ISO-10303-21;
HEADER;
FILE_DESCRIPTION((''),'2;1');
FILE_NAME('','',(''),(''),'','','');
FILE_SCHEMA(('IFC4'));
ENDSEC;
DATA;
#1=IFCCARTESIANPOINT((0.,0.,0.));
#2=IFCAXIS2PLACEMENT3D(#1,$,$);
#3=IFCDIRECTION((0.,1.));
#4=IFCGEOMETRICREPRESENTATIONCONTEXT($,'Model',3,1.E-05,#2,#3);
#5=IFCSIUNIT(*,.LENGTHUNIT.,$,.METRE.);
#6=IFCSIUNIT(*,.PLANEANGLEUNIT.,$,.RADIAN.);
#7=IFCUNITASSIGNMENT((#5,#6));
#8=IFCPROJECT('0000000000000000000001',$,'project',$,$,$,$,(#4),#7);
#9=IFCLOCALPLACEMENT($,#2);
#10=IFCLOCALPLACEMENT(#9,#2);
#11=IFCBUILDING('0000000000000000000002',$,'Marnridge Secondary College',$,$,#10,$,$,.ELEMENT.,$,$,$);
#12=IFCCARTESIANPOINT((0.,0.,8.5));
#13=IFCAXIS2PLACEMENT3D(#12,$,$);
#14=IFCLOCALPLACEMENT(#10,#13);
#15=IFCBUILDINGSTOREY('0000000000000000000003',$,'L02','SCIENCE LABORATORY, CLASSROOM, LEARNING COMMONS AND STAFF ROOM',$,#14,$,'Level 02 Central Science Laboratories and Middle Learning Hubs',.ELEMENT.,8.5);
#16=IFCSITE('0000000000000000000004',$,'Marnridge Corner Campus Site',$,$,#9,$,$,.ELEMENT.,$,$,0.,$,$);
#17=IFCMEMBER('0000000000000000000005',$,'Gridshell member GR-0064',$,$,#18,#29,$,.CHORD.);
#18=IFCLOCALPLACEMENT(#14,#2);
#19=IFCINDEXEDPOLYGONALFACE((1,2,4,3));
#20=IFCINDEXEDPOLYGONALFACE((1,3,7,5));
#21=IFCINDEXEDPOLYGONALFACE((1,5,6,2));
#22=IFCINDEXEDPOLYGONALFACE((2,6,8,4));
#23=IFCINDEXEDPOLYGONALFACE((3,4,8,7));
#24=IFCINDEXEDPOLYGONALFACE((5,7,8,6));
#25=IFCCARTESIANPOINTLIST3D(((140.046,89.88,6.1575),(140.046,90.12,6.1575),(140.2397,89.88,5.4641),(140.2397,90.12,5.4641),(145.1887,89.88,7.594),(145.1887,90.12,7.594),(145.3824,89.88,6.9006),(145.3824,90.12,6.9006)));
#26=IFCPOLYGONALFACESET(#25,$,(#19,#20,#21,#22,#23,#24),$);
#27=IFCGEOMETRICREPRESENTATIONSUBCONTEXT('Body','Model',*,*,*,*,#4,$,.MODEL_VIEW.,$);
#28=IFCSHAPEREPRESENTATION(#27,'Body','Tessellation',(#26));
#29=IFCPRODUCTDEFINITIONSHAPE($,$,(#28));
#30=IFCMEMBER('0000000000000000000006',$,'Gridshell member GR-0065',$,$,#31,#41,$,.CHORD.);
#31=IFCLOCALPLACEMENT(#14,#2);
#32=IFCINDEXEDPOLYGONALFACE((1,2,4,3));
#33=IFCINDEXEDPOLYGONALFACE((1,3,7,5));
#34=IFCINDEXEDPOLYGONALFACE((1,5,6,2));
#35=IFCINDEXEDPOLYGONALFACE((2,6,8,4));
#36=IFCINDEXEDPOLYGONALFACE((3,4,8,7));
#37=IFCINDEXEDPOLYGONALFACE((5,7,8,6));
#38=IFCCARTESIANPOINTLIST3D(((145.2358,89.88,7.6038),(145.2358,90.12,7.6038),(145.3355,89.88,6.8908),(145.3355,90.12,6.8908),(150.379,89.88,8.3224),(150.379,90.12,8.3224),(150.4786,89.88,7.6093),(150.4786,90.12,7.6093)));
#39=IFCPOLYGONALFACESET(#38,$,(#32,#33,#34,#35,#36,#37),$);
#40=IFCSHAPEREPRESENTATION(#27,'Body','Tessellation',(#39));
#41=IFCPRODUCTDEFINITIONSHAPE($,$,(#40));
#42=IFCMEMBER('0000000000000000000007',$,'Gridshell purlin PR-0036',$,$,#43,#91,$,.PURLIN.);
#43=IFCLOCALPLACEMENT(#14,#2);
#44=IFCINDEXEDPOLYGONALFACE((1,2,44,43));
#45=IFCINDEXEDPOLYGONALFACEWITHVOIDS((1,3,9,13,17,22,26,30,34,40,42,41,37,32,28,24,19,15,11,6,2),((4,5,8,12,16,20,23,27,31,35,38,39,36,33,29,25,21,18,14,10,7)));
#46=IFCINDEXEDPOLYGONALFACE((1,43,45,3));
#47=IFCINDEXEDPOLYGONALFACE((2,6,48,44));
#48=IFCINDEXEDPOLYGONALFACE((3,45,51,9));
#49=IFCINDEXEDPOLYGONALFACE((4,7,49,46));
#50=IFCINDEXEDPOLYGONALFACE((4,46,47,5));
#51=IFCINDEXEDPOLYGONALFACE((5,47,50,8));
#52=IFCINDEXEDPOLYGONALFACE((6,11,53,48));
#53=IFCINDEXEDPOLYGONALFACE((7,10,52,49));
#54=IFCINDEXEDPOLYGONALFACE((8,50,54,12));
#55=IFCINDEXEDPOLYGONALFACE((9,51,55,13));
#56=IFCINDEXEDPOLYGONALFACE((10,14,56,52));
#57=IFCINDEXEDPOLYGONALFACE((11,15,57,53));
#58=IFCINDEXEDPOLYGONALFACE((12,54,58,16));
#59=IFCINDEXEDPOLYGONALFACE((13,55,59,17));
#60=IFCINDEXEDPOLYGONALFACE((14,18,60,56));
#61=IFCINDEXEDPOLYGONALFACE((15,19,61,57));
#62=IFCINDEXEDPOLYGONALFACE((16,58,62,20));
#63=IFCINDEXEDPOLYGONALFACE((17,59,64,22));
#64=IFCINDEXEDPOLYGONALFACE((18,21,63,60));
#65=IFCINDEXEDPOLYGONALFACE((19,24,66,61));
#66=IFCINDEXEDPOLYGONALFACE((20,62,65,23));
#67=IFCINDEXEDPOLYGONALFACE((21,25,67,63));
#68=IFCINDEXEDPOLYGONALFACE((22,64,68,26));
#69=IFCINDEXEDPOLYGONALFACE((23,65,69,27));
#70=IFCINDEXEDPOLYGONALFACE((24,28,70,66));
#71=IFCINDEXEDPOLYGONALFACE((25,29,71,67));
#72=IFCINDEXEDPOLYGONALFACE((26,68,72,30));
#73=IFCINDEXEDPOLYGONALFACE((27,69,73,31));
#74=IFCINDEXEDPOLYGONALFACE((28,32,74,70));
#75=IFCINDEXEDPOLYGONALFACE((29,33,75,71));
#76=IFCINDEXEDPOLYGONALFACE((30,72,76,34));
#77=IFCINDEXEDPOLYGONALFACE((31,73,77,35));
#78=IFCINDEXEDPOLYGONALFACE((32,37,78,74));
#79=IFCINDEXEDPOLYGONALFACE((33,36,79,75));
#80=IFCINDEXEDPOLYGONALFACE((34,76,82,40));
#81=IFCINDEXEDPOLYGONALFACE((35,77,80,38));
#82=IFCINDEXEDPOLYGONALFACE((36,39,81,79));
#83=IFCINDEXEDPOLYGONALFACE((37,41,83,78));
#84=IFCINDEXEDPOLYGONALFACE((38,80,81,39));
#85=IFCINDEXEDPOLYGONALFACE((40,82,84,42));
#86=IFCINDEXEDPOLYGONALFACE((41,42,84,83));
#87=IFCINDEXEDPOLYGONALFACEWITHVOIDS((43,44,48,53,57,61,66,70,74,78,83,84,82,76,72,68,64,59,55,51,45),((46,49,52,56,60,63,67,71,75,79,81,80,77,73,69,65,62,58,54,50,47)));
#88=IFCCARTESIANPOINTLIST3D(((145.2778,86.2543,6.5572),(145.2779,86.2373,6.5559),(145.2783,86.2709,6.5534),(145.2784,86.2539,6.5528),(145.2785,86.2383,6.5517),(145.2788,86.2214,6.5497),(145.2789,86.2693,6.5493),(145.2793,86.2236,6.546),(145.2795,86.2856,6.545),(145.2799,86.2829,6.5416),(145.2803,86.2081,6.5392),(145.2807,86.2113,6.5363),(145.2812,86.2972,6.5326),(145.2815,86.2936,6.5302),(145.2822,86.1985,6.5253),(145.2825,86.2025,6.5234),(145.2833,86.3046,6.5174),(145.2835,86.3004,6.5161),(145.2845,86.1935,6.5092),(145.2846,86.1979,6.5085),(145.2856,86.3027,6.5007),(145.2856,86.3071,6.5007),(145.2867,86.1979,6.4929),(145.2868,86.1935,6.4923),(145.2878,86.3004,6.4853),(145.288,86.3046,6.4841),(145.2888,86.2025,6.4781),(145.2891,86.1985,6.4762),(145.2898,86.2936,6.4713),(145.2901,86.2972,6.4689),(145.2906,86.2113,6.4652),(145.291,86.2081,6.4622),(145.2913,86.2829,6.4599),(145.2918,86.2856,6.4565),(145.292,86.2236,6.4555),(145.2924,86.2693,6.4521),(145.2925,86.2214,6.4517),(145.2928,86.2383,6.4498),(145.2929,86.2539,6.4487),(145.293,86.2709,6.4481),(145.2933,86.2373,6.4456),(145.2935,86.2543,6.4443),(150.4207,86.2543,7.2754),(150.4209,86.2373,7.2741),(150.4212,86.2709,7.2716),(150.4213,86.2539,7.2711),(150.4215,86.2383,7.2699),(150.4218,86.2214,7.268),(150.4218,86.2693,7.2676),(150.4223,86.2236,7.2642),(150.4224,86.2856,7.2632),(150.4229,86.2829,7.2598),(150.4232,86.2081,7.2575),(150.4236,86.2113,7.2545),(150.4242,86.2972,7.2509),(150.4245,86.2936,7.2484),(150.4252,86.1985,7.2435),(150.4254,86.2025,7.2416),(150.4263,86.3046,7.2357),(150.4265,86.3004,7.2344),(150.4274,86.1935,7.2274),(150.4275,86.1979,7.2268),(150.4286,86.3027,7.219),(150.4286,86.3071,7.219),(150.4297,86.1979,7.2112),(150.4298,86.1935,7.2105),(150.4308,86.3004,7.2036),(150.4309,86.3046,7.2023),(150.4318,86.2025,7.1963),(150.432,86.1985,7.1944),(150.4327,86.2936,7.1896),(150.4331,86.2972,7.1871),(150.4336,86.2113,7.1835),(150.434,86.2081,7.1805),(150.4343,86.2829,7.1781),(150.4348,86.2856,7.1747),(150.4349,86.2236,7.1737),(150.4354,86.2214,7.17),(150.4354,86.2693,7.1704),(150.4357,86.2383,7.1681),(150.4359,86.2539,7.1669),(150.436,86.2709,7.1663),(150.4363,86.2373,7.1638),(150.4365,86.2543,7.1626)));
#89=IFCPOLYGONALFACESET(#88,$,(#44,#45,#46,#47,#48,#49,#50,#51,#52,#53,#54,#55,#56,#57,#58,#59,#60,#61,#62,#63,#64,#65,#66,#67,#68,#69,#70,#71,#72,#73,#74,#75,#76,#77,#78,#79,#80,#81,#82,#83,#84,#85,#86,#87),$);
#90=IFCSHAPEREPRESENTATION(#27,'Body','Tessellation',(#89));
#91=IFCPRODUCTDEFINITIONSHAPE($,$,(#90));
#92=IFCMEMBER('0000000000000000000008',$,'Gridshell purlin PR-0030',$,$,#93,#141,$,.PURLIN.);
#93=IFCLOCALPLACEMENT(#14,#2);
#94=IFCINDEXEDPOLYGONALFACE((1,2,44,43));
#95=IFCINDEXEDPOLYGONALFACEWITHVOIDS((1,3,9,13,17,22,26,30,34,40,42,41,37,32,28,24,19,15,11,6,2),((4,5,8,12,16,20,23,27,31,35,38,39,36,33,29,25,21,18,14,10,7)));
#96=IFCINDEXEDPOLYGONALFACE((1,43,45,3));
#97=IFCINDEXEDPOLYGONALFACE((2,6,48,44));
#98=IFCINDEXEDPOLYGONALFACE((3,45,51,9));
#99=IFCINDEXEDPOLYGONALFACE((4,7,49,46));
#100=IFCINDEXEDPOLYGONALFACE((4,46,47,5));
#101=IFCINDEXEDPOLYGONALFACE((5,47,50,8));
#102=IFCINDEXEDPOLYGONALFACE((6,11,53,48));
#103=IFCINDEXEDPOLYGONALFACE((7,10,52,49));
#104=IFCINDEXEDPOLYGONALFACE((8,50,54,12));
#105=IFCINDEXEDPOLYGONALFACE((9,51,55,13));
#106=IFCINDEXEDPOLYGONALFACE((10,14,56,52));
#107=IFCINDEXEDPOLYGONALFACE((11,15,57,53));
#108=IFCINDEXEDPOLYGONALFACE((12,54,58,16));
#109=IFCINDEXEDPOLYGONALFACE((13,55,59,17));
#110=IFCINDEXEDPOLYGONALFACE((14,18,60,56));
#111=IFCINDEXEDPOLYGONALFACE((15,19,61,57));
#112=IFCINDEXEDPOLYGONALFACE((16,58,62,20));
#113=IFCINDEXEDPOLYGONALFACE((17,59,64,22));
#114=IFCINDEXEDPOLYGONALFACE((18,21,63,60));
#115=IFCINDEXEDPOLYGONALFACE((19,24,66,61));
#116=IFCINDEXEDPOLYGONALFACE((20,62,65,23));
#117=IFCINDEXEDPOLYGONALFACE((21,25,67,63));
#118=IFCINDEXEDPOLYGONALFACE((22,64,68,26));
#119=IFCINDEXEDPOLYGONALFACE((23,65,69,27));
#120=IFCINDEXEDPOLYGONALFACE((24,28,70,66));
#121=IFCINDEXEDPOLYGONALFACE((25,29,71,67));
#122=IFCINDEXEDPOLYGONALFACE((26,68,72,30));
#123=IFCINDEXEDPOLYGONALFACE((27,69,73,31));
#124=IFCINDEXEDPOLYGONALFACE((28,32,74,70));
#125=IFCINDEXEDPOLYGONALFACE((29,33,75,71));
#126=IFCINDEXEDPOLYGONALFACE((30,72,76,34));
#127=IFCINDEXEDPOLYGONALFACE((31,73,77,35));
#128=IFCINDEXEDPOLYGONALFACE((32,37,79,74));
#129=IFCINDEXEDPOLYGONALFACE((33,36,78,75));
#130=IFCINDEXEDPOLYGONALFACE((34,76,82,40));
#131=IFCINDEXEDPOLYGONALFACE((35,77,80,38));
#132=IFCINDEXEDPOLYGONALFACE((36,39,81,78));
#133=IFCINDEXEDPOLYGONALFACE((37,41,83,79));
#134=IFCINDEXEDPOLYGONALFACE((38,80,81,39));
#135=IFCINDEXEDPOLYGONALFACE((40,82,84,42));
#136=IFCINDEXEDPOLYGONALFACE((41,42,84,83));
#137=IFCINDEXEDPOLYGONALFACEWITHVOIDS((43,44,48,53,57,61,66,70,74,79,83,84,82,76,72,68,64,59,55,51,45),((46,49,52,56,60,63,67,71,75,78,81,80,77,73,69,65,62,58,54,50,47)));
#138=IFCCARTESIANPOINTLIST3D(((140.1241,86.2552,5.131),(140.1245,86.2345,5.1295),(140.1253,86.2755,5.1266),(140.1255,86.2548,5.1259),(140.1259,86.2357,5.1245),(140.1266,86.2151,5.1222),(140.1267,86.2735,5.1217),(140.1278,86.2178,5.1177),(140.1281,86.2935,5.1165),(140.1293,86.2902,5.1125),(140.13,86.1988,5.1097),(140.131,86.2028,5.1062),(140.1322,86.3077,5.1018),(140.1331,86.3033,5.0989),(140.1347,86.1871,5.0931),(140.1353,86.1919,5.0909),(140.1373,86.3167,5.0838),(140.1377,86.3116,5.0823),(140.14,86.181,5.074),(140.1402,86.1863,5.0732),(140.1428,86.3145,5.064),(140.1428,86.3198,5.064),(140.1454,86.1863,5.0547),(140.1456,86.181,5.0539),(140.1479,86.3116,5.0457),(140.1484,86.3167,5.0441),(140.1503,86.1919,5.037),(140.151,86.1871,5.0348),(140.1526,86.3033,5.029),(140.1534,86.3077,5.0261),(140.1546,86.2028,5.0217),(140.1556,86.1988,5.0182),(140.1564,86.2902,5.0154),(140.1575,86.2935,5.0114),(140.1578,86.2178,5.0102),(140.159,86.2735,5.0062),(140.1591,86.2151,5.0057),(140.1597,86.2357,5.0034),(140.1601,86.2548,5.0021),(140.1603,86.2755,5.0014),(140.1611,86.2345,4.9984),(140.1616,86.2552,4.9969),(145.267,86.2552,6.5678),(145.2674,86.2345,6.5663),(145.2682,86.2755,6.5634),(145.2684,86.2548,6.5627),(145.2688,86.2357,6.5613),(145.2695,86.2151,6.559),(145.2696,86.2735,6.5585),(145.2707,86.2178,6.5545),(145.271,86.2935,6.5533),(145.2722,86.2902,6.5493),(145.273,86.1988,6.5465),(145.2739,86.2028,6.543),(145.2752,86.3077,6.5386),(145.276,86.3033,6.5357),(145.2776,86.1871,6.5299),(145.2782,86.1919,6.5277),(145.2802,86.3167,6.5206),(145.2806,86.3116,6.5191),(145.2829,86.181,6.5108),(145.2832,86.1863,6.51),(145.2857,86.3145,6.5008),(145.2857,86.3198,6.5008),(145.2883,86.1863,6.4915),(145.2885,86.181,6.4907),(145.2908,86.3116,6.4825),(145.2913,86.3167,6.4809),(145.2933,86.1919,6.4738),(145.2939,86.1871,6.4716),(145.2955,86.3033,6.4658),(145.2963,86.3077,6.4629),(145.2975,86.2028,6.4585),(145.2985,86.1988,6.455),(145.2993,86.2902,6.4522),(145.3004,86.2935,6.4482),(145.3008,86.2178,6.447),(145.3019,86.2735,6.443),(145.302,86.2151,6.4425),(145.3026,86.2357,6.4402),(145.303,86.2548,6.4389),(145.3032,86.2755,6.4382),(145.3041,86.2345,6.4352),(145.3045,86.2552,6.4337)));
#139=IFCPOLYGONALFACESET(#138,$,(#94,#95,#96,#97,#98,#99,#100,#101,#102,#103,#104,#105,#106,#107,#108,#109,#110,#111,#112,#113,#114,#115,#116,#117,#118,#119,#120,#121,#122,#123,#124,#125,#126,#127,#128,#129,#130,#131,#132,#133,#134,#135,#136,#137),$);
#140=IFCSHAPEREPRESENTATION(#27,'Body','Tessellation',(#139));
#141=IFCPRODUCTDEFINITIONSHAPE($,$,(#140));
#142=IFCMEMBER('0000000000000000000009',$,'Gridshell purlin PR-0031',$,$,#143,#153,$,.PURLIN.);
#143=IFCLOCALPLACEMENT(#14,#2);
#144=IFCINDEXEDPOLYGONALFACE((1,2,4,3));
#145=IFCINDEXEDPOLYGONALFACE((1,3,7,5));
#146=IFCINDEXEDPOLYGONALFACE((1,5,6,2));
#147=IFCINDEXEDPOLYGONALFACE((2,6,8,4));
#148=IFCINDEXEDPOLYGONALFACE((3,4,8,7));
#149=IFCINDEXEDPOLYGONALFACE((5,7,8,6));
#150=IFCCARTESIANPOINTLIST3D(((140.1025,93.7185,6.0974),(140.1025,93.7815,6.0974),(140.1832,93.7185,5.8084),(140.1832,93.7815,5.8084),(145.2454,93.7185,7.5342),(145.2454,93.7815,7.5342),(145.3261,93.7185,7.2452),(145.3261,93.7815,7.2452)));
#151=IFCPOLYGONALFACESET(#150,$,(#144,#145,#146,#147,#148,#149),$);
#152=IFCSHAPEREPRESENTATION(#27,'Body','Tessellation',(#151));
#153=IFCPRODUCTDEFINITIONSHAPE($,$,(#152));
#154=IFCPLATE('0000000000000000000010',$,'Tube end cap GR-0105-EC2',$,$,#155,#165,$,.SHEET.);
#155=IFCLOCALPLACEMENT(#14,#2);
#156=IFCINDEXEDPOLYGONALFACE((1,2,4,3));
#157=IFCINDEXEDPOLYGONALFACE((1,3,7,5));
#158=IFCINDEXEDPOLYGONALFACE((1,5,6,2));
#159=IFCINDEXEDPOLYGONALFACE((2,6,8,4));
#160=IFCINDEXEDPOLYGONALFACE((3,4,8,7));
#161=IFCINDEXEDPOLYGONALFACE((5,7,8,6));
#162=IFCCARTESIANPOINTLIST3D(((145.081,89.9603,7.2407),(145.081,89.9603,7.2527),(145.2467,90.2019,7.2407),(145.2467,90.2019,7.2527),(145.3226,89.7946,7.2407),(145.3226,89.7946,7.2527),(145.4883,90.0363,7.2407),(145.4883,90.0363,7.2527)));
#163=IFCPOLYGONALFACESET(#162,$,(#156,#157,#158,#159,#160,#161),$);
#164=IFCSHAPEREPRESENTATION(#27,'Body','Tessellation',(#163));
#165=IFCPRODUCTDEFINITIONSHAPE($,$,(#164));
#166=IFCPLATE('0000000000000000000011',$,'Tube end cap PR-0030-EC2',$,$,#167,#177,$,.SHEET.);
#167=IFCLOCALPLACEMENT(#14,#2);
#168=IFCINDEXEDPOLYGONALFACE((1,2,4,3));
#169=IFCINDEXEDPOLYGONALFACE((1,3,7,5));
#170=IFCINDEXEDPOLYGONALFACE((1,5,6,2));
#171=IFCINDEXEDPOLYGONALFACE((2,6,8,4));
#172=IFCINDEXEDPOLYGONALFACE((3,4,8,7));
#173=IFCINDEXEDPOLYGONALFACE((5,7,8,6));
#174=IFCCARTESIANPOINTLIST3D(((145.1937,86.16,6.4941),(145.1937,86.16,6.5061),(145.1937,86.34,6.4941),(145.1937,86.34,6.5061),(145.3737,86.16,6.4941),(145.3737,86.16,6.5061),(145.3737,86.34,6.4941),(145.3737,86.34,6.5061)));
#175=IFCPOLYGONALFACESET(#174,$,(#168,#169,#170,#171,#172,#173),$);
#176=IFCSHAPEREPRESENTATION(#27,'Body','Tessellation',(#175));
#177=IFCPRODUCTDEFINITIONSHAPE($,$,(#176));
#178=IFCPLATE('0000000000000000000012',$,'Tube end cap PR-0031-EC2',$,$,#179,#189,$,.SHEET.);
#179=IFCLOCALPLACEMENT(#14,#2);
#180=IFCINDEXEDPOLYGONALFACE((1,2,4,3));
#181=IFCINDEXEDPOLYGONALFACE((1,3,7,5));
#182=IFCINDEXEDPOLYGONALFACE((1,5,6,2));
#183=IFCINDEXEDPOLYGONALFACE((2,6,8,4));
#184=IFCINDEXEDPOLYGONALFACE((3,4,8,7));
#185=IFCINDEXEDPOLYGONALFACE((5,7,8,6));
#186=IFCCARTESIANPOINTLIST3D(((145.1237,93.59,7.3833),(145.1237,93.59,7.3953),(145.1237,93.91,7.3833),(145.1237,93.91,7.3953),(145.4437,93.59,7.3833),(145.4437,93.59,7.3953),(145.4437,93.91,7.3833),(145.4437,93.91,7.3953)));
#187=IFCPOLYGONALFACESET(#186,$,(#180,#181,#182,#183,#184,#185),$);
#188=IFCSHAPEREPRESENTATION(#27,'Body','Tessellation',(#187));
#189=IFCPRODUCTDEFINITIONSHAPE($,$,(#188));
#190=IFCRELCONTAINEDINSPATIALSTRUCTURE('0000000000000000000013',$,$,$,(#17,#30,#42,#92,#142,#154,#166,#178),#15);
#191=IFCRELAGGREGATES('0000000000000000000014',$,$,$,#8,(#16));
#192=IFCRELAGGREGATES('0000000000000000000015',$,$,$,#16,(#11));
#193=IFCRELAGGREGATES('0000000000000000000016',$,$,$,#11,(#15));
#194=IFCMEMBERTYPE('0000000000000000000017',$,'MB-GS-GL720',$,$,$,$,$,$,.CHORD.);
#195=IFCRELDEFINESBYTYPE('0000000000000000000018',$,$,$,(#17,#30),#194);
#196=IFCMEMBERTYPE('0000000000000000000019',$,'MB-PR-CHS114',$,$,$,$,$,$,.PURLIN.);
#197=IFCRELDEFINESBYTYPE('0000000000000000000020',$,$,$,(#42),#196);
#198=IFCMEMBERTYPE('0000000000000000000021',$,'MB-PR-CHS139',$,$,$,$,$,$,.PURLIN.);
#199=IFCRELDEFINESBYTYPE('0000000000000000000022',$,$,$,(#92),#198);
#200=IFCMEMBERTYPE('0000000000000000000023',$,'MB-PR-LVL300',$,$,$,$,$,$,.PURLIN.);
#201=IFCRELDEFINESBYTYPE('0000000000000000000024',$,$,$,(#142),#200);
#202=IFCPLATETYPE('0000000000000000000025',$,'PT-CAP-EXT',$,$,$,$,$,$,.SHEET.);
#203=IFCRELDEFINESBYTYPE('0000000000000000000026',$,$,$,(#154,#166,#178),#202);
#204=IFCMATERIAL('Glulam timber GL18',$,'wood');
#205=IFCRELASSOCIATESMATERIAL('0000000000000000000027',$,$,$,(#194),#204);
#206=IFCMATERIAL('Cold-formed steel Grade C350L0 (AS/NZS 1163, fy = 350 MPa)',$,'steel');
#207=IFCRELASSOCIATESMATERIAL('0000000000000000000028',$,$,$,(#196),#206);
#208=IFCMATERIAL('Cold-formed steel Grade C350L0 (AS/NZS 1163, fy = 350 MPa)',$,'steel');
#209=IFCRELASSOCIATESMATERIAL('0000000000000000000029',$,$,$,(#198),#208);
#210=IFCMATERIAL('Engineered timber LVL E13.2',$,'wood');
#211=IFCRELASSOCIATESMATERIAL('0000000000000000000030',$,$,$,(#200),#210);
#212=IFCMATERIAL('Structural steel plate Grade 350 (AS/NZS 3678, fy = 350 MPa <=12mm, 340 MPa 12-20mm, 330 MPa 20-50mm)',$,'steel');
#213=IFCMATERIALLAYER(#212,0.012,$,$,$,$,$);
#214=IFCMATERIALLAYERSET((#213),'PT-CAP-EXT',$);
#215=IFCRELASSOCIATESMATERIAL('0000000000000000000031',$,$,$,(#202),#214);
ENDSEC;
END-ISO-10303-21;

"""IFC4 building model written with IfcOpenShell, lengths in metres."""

from ifc_helpers import new_model, si_unit, direction, frame, origin, origin_2d, place, context, subcontext, project, spatial, rectangle, hollow_circle, extrude, material, layer, layer_set, material_profile, profile_set, type_object, element, save


model = new_model("IFC4")

# Units and contexts
model_context = context("Model", 3, precision=1e-05, world=origin(), true_north=direction((0.0, 1.0)))
body_context = subcontext(model_context, "Body", "Model", "MODEL_VIEW")
ifc_project = project(units=[si_unit("LENGTHUNIT", "METRE"), si_unit("PLANEANGLEUNIT", "RADIAN")], contexts=[model_context])

# Site, building, storey
site_placement = place(None, origin())
site = spatial("IfcSite", under=ifc_project, at=site_placement, Name="Marnridge Corner Campus Site", CompositionType="ELEMENT", RefElevation=0.0)
building_placement = place(site_placement, origin())
building = spatial("IfcBuilding", under=site, at=building_placement, Name="Marnridge Secondary College", CompositionType="ELEMENT")
storey_placement = place(building_placement, frame((0.0, 0.0, 8.5)))
storey = spatial("IfcBuildingStorey", under=building, at=storey_placement, Name="L02", Description="SCIENCE LABORATORY, CLASSROOM, LEARNING COMMONS AND STAFF ROOM", LongName="Level 02 Central Science Laboratories and Middle Learning Hubs", CompositionType="ELEMENT", Elevation=8.5)

# Members
ifc_material_1 = material(Name="Glulam timber GL18", Category="wood")
ifc_material_profile_1 = material_profile(ifc_material_1, rectangle(XDim=0.24, YDim=0.72, at=origin_2d()), Name="GL18 240x720")
ifc_profile_set_1 = profile_set([ifc_material_profile_1], Name="Glulam timber GL18")
member_type_1 = type_object("IfcMemberType", Name="MB-GS-GL720", PredefinedType="CHORD", material=ifc_profile_set_1)
member_1_placement = place(storey_placement, frame((140.1428, 90.0, 5.8108), z_axis=(0.963132, 0.0, 0.269028), x_axis=(0.0, 1.0, 0.0)))
element("IfcMember", 1, at=member_1_placement, inside=storey, type_object=member_type_1, Name="Gridshell member GR-0064", PredefinedType="CHORD", context=body_context, shape_type="SweptSolid", body=[
    extrude(rectangle(XDim=0.24, YDim=0.72, at=origin_2d()), origin(), (0.0, 0.0, 1.0), 5.3396),
])
member_2_placement = place(storey_placement, frame((145.2856, 90.0, 7.2473), z_axis=(0.990382, 0.0, 0.13836), x_axis=(0.0, 1.0, 0.0)))
element("IfcMember", 2, at=member_2_placement, inside=storey, type_object=member_type_1, Name="Gridshell member GR-0065", PredefinedType="CHORD", context=body_context, shape_type="SweptSolid", body=[
    extrude(rectangle(XDim=0.24, YDim=0.72, at=origin_2d()), origin(), (0.0, 0.0, 1.0), 5.1931),
])
ifc_material_2 = material(Name="Cold-formed steel Grade C350L0 (AS/NZS 1163, fy = 350 MPa)", Category="steel")
ifc_material_profile_2 = material_profile(ifc_material_2, hollow_circle(Radius=0.0571, WallThickness=0.0044, at=origin_2d()), Name="114.3x4.5CHS")
ifc_profile_set_2 = profile_set([ifc_material_profile_2], Name="Cold-formed steel Grade C350L0 (AS/NZS 1163, fy = 350 MPa)")
member_type_2 = type_object("IfcMemberType", Name="MB-PR-CHS114", PredefinedType="PURLIN", material=ifc_profile_set_2)
member_3_placement = place(storey_placement, frame((145.2856, 86.25, 6.5007), z_axis=(0.990388, 0.0, 0.138314), x_axis=(0.0, 1.0, 0.0)))
element("IfcMember", 3, at=member_3_placement, inside=storey, type_object=member_type_2, Name="Gridshell purlin PR-0036", PredefinedType="PURLIN", context=body_context, shape_type="SweptSolid", body=[
    extrude(hollow_circle(Radius=0.0571, WallThickness=0.0044, at=origin_2d()), origin(), (0.0, 0.0, 1.0), 5.1929),
])
ifc_material_3 = material(Name="Cold-formed steel Grade C350L0 (AS/NZS 1163, fy = 350 MPa)", Category="steel")
ifc_material_profile_3 = material_profile(ifc_material_3, hollow_circle(Radius=0.0698, WallThickness=0.0054, at=origin_2d()), Name="139.7x5.4CHS")
ifc_profile_set_3 = profile_set([ifc_material_profile_3], Name="Cold-formed steel Grade C350L0 (AS/NZS 1163, fy = 350 MPa)")
member_type_3 = type_object("IfcMemberType", Name="MB-PR-CHS139", PredefinedType="PURLIN", material=ifc_profile_set_3)
member_4_placement = place(storey_placement, frame((140.1428, 86.25, 5.064), z_axis=(0.963121, 0.0, 0.26907), x_axis=(0.0, 1.0, 0.0)))
element("IfcMember", 4, at=member_4_placement, inside=storey, type_object=member_type_3, Name="Gridshell purlin PR-0030", PredefinedType="PURLIN", context=body_context, shape_type="SweptSolid", body=[
    extrude(hollow_circle(Radius=0.0698, WallThickness=0.0054, at=origin_2d()), origin(), (0.0, 0.0, 1.0), 5.3398),
])
ifc_material_4 = material(Name="Engineered timber LVL E13.2", Category="wood")
ifc_material_profile_4 = material_profile(ifc_material_4, rectangle(XDim=0.063, YDim=0.3, at=origin_2d()), Name="LVL 63x300")
ifc_profile_set_4 = profile_set([ifc_material_profile_4], Name="Engineered timber LVL E13.2")
member_type_4 = type_object("IfcMemberType", Name="MB-PR-LVL300", PredefinedType="PURLIN", material=ifc_profile_set_4)
member_5_placement = place(storey_placement, frame((140.1428, 93.75, 5.9529), z_axis=(0.963121, 0.0, 0.26907), x_axis=(0.0, 1.0, 0.0)))
element("IfcMember", 5, at=member_5_placement, inside=storey, type_object=member_type_4, Name="Gridshell purlin PR-0031", PredefinedType="PURLIN", context=body_context, shape_type="SweptSolid", body=[
    extrude(rectangle(XDim=0.063, YDim=0.3, at=origin_2d()), origin(), (0.0, 0.0, 1.0), 5.3398),
])

# Plates
ifc_material_5 = material(Name="Structural steel plate Grade 350 (AS/NZS 3678, fy = 350 MPa <=12mm, 340 MPa 12-20mm, 330 MPa 20-50mm)", Category="steel")
ifc_layer_1 = layer(ifc_material_5, 0.012)
ifc_layer_set_1 = layer_set([ifc_layer_1], Name="PT-CAP-EXT")
plate_type_1 = type_object("IfcPlateType", Name="PT-CAP-EXT", PredefinedType="SHEET", material=ifc_layer_set_1)
plate_1_placement = place(storey_placement, frame((145.2847, 89.9983, 7.2407), z_axis=(0.0, 0.0, 1.0), x_axis=(0.565543, 0.824719, 0.0)))
element("IfcPlate", 6, at=plate_1_placement, inside=storey, type_object=plate_type_1, Name="Tube end cap GR-0105-EC2", PredefinedType="SHEET", context=body_context, shape_type="SweptSolid", body=[
    extrude(rectangle(XDim=0.293, YDim=0.293, at=origin_2d()), origin(), (0.0, 0.0, 1.0), 0.012),
])
plate_2_placement = place(storey_placement, frame((145.2837, 86.25, 6.4941), z_axis=(0.0, 0.0, 1.0), x_axis=(1.0, 0.0, 0.0)))
element("IfcPlate", 7, at=plate_2_placement, inside=storey, type_object=plate_type_1, Name="Tube end cap PR-0030-EC2", PredefinedType="SHEET", context=body_context, shape_type="SweptSolid", body=[
    extrude(rectangle(XDim=0.1799, YDim=0.1799, at=origin_2d()), origin(), (0.0, 0.0, 1.0), 0.012),
])
plate_3_placement = place(storey_placement, frame((145.2837, 93.75, 7.3833), z_axis=(0.0, 0.0, 1.0), x_axis=(1.0, 0.0, 0.0)))
element("IfcPlate", 8, at=plate_3_placement, inside=storey, type_object=plate_type_1, Name="Tube end cap PR-0031-EC2", PredefinedType="SHEET", context=body_context, shape_type="SweptSolid", body=[
    extrude(rectangle(XDim=0.3201, YDim=0.3201, at=origin_2d()), origin(), (0.0, 0.0, 1.0), 0.012),
])

save(model, "model.ifc")
